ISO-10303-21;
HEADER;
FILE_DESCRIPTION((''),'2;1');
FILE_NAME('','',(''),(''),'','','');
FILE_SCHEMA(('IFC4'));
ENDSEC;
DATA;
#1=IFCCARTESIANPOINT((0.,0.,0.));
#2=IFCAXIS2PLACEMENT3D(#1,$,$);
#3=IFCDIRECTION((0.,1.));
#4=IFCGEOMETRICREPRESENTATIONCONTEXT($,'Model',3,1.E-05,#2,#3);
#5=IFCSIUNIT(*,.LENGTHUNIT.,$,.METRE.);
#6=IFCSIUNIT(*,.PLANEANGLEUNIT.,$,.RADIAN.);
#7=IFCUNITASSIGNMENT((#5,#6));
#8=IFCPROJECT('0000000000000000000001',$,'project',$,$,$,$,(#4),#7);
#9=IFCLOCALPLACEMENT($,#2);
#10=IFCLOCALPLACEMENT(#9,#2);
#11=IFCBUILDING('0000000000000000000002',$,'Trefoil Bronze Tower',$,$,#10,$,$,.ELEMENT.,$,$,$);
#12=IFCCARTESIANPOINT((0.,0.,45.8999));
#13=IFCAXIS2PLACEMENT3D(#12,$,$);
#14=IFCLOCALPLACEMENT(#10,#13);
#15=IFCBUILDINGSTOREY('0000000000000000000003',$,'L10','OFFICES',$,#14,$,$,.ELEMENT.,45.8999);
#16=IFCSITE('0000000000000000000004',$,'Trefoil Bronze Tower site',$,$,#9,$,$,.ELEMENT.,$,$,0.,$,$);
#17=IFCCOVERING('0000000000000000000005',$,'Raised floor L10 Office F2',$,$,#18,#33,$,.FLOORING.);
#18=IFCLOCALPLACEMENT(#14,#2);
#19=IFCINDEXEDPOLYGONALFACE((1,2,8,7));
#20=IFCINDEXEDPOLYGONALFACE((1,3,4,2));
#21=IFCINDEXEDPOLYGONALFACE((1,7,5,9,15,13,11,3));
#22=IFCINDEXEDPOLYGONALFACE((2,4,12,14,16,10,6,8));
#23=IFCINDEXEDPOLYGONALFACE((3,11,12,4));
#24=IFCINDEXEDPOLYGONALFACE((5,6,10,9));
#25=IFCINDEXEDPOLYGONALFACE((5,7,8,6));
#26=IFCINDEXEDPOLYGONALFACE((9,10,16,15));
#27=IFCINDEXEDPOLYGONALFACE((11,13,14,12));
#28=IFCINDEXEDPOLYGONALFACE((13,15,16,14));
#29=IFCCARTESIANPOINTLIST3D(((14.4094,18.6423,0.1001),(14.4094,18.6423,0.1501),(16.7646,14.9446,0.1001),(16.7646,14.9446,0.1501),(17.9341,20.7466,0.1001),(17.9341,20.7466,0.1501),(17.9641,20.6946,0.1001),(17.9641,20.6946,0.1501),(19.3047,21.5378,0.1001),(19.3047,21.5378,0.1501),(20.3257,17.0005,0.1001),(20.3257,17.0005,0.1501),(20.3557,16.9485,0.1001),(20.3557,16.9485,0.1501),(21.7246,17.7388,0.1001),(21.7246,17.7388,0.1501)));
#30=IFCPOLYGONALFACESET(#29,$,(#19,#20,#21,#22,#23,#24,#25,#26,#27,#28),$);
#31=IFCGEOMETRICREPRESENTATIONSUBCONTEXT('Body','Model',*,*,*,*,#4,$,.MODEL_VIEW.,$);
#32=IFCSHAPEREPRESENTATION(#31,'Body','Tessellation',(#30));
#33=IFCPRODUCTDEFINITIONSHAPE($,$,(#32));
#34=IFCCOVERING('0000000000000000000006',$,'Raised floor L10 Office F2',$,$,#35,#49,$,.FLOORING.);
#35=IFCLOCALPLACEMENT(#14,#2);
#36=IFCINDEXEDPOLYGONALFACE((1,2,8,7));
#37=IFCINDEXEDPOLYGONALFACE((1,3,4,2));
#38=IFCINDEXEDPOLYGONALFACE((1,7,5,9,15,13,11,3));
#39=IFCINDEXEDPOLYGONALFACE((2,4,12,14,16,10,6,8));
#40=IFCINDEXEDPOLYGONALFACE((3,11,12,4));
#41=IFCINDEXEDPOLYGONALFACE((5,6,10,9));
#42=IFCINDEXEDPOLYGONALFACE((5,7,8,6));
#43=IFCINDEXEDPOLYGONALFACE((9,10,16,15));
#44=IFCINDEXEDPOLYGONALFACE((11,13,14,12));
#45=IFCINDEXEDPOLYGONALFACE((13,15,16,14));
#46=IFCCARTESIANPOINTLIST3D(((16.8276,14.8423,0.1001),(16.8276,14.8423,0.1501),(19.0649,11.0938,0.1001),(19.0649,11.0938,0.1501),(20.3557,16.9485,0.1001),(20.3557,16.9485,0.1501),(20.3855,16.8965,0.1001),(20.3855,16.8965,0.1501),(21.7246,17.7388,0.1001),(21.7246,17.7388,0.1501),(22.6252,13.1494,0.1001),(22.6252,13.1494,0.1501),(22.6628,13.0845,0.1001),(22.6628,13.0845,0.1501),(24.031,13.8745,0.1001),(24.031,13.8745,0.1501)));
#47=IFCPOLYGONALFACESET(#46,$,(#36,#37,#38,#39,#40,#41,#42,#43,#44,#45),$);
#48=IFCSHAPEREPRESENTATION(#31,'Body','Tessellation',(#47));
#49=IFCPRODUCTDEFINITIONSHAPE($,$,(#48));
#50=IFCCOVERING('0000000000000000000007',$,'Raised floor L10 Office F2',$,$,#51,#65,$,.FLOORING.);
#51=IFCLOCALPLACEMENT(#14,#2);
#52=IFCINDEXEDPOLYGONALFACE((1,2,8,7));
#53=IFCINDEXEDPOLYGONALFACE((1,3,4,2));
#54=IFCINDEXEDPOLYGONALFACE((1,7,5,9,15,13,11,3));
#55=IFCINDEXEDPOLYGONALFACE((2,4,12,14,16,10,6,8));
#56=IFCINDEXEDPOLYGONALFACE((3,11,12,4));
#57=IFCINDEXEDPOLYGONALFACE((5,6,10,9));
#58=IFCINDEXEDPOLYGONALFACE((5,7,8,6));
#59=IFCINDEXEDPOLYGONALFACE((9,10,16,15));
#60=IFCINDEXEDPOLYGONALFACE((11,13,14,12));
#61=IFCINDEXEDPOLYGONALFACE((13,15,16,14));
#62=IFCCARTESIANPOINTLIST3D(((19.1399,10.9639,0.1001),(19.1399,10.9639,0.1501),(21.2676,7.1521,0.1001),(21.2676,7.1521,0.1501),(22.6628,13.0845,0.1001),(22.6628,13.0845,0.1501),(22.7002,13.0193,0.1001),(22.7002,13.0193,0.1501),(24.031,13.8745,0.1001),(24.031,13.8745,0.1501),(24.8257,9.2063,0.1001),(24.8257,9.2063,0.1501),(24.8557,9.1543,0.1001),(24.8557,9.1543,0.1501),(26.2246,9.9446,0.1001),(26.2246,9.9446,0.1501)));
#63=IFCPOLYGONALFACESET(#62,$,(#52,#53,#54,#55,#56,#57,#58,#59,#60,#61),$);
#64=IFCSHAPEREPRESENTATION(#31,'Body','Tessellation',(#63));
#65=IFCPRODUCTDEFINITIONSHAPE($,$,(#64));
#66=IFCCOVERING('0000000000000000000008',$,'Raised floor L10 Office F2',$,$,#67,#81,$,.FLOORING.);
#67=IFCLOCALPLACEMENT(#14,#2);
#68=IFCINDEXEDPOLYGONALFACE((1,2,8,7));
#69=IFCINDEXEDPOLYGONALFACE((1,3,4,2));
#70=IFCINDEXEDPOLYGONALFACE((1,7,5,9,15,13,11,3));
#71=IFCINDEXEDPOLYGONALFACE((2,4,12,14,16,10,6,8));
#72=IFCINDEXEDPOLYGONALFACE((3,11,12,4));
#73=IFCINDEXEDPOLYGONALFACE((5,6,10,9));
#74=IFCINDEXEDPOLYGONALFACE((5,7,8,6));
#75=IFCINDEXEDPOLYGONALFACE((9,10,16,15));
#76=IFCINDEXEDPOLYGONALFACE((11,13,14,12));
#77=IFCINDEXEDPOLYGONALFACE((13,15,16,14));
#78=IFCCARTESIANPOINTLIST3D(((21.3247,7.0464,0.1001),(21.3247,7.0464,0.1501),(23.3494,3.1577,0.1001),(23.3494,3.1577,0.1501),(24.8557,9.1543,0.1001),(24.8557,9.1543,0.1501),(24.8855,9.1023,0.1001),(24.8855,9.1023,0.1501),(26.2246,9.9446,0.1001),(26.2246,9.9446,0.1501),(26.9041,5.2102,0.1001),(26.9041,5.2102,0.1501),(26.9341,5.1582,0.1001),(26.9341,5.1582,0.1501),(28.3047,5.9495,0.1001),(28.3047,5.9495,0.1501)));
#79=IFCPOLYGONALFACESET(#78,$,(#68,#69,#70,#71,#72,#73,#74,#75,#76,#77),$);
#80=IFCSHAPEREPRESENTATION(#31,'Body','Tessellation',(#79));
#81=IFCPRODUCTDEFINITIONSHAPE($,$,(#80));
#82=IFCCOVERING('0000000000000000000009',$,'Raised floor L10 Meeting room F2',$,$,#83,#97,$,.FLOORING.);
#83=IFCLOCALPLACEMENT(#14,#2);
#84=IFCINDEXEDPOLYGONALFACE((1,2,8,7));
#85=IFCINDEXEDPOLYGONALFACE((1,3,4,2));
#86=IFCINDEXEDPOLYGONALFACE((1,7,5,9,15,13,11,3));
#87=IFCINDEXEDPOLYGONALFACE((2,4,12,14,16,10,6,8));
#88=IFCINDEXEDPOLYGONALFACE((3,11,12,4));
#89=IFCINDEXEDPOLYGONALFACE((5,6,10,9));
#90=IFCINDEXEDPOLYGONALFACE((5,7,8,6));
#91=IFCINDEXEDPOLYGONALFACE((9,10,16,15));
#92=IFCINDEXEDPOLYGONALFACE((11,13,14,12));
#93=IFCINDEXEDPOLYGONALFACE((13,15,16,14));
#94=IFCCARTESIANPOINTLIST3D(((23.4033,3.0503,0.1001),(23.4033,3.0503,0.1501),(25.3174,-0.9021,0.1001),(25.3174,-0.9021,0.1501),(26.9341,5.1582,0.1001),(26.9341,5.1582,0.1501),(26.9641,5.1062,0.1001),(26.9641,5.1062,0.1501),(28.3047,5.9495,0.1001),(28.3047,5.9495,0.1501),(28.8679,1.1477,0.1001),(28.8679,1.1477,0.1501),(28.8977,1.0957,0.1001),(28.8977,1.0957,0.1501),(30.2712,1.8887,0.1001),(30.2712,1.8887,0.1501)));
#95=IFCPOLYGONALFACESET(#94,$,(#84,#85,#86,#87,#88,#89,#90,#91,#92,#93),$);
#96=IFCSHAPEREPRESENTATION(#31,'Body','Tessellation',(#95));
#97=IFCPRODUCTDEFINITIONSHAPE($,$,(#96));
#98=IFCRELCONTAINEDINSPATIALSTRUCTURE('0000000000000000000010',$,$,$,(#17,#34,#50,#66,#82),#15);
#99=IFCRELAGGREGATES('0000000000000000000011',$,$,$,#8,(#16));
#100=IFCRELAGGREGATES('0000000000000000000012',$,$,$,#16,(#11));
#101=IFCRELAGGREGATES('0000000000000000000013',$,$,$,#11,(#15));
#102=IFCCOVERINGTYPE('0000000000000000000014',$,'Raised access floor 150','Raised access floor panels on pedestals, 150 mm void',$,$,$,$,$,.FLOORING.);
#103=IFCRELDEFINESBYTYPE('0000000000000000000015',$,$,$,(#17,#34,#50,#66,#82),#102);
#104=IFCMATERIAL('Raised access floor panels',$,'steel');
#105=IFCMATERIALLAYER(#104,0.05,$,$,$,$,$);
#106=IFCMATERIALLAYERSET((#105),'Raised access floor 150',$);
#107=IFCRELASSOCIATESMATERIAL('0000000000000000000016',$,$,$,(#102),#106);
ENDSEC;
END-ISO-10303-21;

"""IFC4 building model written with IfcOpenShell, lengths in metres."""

from ifc_helpers import new_model, si_unit, direction, frame, origin, place, context, subcontext, project, spatial, polyline, outline, extrude, material, layer, layer_set, type_object, element, save


model = new_model("IFC4")

# Units and contexts
model_context = context("Model", 3, precision=1e-05, world=origin(), true_north=direction((0.0, 1.0)))
body_context = subcontext(model_context, "Body", "Model", "MODEL_VIEW")
ifc_project = project(units=[si_unit("LENGTHUNIT", "METRE"), si_unit("PLANEANGLEUNIT", "RADIAN")], contexts=[model_context])

# Site, building, storey
site_placement = place(None, origin())
site = spatial("IfcSite", under=ifc_project, at=site_placement, Name="Trefoil Bronze Tower site", CompositionType="ELEMENT", RefElevation=0.0)
building_placement = place(site_placement, origin())
building = spatial("IfcBuilding", under=site, at=building_placement, Name="Trefoil Bronze Tower", CompositionType="ELEMENT")
storey_placement = place(building_placement, frame((0.0, 0.0, 45.8999)))
storey = spatial("IfcBuildingStorey", under=building, at=storey_placement, Name="L10", Description="OFFICES", CompositionType="ELEMENT", Elevation=45.8999)

# Coverings
ifc_material_1 = material(Name="Raised access floor panels", Category="steel")
ifc_layer_1 = layer(ifc_material_1, 0.05)
ifc_layer_set_1 = layer_set([ifc_layer_1], Name="Raised access floor 150")
covering_type_1 = type_object("IfcCoveringType", Name="Raised access floor 150", Description="Raised access floor panels on pedestals, 150 mm void", PredefinedType="FLOORING", material=ifc_layer_set_1)
covering_1_placement = place(storey_placement, frame((0.0, 0.0, 0.1001)))
element("IfcCovering", 1, at=covering_1_placement, inside=storey, type_object=covering_type_1, Name="Raised floor L10 Office F2", PredefinedType="FLOORING", context=body_context, shape_type="SweptSolid", body=[
    extrude(outline(polyline([(21.7246, 17.7388), (20.3557, 16.9485), (20.3257, 17.0005), (16.7646, 14.9446), (14.4094, 18.6423), (17.9641, 20.6946), (17.9341, 20.7466), (19.3047, 21.5378), (21.7246, 17.7388)])), origin(), (0.0, 0.0, 1.0), 0.05),
])
covering_2_placement = place(storey_placement, frame((0.0, 0.0, 0.1001)))
element("IfcCovering", 2, at=covering_2_placement, inside=storey, type_object=covering_type_1, Name="Raised floor L10 Office F2", PredefinedType="FLOORING", context=body_context, shape_type="SweptSolid", body=[
    extrude(outline(polyline([(21.7246, 17.7388), (24.031, 13.8745), (22.6628, 13.0845), (22.6252, 13.1494), (19.0649, 11.0938), (16.8276, 14.8423), (20.3855, 16.8965), (20.3557, 16.9485), (21.7246, 17.7388)])), origin(), (0.0, 0.0, 1.0), 0.05),
])
covering_3_placement = place(storey_placement, frame((0.0, 0.0, 0.1001)))
element("IfcCovering", 3, at=covering_3_placement, inside=storey, type_object=covering_type_1, Name="Raised floor L10 Office F2", PredefinedType="FLOORING", context=body_context, shape_type="SweptSolid", body=[
    extrude(outline(polyline([(24.031, 13.8745), (26.2246, 9.9446), (24.8557, 9.1543), (24.8257, 9.2063), (21.2676, 7.1521), (19.1399, 10.9639), (22.7002, 13.0193), (22.6628, 13.0845), (24.031, 13.8745)])), origin(), (0.0, 0.0, 1.0), 0.05),
])
covering_4_placement = place(storey_placement, frame((0.0, 0.0, 0.1001)))
element("IfcCovering", 4, at=covering_4_placement, inside=storey, type_object=covering_type_1, Name="Raised floor L10 Office F2", PredefinedType="FLOORING", context=body_context, shape_type="SweptSolid", body=[
    extrude(outline(polyline([(26.2246, 9.9446), (28.3047, 5.9495), (26.9341, 5.1582), (26.9041, 5.2102), (23.3494, 3.1577), (21.3247, 7.0464), (24.8855, 9.1023), (24.8557, 9.1543), (26.2246, 9.9446)])), origin(), (0.0, 0.0, 1.0), 0.05),
])
covering_5_placement = place(storey_placement, frame((0.0, 0.0, 0.1001)))
element("IfcCovering", 5, at=covering_5_placement, inside=storey, type_object=covering_type_1, Name="Raised floor L10 Meeting room F2", PredefinedType="FLOORING", context=body_context, shape_type="SweptSolid", body=[
    extrude(outline(polyline([(28.3047, 5.9495), (30.2712, 1.8887), (28.8977, 1.0957), (28.8679, 1.1477), (25.3174, -0.9021), (23.4033, 3.0503), (26.9641, 5.1062), (26.9341, 5.1582), (28.3047, 5.9495)])), origin(), (0.0, 0.0, 1.0), 0.05),
])

save(model, "model.ifc")
